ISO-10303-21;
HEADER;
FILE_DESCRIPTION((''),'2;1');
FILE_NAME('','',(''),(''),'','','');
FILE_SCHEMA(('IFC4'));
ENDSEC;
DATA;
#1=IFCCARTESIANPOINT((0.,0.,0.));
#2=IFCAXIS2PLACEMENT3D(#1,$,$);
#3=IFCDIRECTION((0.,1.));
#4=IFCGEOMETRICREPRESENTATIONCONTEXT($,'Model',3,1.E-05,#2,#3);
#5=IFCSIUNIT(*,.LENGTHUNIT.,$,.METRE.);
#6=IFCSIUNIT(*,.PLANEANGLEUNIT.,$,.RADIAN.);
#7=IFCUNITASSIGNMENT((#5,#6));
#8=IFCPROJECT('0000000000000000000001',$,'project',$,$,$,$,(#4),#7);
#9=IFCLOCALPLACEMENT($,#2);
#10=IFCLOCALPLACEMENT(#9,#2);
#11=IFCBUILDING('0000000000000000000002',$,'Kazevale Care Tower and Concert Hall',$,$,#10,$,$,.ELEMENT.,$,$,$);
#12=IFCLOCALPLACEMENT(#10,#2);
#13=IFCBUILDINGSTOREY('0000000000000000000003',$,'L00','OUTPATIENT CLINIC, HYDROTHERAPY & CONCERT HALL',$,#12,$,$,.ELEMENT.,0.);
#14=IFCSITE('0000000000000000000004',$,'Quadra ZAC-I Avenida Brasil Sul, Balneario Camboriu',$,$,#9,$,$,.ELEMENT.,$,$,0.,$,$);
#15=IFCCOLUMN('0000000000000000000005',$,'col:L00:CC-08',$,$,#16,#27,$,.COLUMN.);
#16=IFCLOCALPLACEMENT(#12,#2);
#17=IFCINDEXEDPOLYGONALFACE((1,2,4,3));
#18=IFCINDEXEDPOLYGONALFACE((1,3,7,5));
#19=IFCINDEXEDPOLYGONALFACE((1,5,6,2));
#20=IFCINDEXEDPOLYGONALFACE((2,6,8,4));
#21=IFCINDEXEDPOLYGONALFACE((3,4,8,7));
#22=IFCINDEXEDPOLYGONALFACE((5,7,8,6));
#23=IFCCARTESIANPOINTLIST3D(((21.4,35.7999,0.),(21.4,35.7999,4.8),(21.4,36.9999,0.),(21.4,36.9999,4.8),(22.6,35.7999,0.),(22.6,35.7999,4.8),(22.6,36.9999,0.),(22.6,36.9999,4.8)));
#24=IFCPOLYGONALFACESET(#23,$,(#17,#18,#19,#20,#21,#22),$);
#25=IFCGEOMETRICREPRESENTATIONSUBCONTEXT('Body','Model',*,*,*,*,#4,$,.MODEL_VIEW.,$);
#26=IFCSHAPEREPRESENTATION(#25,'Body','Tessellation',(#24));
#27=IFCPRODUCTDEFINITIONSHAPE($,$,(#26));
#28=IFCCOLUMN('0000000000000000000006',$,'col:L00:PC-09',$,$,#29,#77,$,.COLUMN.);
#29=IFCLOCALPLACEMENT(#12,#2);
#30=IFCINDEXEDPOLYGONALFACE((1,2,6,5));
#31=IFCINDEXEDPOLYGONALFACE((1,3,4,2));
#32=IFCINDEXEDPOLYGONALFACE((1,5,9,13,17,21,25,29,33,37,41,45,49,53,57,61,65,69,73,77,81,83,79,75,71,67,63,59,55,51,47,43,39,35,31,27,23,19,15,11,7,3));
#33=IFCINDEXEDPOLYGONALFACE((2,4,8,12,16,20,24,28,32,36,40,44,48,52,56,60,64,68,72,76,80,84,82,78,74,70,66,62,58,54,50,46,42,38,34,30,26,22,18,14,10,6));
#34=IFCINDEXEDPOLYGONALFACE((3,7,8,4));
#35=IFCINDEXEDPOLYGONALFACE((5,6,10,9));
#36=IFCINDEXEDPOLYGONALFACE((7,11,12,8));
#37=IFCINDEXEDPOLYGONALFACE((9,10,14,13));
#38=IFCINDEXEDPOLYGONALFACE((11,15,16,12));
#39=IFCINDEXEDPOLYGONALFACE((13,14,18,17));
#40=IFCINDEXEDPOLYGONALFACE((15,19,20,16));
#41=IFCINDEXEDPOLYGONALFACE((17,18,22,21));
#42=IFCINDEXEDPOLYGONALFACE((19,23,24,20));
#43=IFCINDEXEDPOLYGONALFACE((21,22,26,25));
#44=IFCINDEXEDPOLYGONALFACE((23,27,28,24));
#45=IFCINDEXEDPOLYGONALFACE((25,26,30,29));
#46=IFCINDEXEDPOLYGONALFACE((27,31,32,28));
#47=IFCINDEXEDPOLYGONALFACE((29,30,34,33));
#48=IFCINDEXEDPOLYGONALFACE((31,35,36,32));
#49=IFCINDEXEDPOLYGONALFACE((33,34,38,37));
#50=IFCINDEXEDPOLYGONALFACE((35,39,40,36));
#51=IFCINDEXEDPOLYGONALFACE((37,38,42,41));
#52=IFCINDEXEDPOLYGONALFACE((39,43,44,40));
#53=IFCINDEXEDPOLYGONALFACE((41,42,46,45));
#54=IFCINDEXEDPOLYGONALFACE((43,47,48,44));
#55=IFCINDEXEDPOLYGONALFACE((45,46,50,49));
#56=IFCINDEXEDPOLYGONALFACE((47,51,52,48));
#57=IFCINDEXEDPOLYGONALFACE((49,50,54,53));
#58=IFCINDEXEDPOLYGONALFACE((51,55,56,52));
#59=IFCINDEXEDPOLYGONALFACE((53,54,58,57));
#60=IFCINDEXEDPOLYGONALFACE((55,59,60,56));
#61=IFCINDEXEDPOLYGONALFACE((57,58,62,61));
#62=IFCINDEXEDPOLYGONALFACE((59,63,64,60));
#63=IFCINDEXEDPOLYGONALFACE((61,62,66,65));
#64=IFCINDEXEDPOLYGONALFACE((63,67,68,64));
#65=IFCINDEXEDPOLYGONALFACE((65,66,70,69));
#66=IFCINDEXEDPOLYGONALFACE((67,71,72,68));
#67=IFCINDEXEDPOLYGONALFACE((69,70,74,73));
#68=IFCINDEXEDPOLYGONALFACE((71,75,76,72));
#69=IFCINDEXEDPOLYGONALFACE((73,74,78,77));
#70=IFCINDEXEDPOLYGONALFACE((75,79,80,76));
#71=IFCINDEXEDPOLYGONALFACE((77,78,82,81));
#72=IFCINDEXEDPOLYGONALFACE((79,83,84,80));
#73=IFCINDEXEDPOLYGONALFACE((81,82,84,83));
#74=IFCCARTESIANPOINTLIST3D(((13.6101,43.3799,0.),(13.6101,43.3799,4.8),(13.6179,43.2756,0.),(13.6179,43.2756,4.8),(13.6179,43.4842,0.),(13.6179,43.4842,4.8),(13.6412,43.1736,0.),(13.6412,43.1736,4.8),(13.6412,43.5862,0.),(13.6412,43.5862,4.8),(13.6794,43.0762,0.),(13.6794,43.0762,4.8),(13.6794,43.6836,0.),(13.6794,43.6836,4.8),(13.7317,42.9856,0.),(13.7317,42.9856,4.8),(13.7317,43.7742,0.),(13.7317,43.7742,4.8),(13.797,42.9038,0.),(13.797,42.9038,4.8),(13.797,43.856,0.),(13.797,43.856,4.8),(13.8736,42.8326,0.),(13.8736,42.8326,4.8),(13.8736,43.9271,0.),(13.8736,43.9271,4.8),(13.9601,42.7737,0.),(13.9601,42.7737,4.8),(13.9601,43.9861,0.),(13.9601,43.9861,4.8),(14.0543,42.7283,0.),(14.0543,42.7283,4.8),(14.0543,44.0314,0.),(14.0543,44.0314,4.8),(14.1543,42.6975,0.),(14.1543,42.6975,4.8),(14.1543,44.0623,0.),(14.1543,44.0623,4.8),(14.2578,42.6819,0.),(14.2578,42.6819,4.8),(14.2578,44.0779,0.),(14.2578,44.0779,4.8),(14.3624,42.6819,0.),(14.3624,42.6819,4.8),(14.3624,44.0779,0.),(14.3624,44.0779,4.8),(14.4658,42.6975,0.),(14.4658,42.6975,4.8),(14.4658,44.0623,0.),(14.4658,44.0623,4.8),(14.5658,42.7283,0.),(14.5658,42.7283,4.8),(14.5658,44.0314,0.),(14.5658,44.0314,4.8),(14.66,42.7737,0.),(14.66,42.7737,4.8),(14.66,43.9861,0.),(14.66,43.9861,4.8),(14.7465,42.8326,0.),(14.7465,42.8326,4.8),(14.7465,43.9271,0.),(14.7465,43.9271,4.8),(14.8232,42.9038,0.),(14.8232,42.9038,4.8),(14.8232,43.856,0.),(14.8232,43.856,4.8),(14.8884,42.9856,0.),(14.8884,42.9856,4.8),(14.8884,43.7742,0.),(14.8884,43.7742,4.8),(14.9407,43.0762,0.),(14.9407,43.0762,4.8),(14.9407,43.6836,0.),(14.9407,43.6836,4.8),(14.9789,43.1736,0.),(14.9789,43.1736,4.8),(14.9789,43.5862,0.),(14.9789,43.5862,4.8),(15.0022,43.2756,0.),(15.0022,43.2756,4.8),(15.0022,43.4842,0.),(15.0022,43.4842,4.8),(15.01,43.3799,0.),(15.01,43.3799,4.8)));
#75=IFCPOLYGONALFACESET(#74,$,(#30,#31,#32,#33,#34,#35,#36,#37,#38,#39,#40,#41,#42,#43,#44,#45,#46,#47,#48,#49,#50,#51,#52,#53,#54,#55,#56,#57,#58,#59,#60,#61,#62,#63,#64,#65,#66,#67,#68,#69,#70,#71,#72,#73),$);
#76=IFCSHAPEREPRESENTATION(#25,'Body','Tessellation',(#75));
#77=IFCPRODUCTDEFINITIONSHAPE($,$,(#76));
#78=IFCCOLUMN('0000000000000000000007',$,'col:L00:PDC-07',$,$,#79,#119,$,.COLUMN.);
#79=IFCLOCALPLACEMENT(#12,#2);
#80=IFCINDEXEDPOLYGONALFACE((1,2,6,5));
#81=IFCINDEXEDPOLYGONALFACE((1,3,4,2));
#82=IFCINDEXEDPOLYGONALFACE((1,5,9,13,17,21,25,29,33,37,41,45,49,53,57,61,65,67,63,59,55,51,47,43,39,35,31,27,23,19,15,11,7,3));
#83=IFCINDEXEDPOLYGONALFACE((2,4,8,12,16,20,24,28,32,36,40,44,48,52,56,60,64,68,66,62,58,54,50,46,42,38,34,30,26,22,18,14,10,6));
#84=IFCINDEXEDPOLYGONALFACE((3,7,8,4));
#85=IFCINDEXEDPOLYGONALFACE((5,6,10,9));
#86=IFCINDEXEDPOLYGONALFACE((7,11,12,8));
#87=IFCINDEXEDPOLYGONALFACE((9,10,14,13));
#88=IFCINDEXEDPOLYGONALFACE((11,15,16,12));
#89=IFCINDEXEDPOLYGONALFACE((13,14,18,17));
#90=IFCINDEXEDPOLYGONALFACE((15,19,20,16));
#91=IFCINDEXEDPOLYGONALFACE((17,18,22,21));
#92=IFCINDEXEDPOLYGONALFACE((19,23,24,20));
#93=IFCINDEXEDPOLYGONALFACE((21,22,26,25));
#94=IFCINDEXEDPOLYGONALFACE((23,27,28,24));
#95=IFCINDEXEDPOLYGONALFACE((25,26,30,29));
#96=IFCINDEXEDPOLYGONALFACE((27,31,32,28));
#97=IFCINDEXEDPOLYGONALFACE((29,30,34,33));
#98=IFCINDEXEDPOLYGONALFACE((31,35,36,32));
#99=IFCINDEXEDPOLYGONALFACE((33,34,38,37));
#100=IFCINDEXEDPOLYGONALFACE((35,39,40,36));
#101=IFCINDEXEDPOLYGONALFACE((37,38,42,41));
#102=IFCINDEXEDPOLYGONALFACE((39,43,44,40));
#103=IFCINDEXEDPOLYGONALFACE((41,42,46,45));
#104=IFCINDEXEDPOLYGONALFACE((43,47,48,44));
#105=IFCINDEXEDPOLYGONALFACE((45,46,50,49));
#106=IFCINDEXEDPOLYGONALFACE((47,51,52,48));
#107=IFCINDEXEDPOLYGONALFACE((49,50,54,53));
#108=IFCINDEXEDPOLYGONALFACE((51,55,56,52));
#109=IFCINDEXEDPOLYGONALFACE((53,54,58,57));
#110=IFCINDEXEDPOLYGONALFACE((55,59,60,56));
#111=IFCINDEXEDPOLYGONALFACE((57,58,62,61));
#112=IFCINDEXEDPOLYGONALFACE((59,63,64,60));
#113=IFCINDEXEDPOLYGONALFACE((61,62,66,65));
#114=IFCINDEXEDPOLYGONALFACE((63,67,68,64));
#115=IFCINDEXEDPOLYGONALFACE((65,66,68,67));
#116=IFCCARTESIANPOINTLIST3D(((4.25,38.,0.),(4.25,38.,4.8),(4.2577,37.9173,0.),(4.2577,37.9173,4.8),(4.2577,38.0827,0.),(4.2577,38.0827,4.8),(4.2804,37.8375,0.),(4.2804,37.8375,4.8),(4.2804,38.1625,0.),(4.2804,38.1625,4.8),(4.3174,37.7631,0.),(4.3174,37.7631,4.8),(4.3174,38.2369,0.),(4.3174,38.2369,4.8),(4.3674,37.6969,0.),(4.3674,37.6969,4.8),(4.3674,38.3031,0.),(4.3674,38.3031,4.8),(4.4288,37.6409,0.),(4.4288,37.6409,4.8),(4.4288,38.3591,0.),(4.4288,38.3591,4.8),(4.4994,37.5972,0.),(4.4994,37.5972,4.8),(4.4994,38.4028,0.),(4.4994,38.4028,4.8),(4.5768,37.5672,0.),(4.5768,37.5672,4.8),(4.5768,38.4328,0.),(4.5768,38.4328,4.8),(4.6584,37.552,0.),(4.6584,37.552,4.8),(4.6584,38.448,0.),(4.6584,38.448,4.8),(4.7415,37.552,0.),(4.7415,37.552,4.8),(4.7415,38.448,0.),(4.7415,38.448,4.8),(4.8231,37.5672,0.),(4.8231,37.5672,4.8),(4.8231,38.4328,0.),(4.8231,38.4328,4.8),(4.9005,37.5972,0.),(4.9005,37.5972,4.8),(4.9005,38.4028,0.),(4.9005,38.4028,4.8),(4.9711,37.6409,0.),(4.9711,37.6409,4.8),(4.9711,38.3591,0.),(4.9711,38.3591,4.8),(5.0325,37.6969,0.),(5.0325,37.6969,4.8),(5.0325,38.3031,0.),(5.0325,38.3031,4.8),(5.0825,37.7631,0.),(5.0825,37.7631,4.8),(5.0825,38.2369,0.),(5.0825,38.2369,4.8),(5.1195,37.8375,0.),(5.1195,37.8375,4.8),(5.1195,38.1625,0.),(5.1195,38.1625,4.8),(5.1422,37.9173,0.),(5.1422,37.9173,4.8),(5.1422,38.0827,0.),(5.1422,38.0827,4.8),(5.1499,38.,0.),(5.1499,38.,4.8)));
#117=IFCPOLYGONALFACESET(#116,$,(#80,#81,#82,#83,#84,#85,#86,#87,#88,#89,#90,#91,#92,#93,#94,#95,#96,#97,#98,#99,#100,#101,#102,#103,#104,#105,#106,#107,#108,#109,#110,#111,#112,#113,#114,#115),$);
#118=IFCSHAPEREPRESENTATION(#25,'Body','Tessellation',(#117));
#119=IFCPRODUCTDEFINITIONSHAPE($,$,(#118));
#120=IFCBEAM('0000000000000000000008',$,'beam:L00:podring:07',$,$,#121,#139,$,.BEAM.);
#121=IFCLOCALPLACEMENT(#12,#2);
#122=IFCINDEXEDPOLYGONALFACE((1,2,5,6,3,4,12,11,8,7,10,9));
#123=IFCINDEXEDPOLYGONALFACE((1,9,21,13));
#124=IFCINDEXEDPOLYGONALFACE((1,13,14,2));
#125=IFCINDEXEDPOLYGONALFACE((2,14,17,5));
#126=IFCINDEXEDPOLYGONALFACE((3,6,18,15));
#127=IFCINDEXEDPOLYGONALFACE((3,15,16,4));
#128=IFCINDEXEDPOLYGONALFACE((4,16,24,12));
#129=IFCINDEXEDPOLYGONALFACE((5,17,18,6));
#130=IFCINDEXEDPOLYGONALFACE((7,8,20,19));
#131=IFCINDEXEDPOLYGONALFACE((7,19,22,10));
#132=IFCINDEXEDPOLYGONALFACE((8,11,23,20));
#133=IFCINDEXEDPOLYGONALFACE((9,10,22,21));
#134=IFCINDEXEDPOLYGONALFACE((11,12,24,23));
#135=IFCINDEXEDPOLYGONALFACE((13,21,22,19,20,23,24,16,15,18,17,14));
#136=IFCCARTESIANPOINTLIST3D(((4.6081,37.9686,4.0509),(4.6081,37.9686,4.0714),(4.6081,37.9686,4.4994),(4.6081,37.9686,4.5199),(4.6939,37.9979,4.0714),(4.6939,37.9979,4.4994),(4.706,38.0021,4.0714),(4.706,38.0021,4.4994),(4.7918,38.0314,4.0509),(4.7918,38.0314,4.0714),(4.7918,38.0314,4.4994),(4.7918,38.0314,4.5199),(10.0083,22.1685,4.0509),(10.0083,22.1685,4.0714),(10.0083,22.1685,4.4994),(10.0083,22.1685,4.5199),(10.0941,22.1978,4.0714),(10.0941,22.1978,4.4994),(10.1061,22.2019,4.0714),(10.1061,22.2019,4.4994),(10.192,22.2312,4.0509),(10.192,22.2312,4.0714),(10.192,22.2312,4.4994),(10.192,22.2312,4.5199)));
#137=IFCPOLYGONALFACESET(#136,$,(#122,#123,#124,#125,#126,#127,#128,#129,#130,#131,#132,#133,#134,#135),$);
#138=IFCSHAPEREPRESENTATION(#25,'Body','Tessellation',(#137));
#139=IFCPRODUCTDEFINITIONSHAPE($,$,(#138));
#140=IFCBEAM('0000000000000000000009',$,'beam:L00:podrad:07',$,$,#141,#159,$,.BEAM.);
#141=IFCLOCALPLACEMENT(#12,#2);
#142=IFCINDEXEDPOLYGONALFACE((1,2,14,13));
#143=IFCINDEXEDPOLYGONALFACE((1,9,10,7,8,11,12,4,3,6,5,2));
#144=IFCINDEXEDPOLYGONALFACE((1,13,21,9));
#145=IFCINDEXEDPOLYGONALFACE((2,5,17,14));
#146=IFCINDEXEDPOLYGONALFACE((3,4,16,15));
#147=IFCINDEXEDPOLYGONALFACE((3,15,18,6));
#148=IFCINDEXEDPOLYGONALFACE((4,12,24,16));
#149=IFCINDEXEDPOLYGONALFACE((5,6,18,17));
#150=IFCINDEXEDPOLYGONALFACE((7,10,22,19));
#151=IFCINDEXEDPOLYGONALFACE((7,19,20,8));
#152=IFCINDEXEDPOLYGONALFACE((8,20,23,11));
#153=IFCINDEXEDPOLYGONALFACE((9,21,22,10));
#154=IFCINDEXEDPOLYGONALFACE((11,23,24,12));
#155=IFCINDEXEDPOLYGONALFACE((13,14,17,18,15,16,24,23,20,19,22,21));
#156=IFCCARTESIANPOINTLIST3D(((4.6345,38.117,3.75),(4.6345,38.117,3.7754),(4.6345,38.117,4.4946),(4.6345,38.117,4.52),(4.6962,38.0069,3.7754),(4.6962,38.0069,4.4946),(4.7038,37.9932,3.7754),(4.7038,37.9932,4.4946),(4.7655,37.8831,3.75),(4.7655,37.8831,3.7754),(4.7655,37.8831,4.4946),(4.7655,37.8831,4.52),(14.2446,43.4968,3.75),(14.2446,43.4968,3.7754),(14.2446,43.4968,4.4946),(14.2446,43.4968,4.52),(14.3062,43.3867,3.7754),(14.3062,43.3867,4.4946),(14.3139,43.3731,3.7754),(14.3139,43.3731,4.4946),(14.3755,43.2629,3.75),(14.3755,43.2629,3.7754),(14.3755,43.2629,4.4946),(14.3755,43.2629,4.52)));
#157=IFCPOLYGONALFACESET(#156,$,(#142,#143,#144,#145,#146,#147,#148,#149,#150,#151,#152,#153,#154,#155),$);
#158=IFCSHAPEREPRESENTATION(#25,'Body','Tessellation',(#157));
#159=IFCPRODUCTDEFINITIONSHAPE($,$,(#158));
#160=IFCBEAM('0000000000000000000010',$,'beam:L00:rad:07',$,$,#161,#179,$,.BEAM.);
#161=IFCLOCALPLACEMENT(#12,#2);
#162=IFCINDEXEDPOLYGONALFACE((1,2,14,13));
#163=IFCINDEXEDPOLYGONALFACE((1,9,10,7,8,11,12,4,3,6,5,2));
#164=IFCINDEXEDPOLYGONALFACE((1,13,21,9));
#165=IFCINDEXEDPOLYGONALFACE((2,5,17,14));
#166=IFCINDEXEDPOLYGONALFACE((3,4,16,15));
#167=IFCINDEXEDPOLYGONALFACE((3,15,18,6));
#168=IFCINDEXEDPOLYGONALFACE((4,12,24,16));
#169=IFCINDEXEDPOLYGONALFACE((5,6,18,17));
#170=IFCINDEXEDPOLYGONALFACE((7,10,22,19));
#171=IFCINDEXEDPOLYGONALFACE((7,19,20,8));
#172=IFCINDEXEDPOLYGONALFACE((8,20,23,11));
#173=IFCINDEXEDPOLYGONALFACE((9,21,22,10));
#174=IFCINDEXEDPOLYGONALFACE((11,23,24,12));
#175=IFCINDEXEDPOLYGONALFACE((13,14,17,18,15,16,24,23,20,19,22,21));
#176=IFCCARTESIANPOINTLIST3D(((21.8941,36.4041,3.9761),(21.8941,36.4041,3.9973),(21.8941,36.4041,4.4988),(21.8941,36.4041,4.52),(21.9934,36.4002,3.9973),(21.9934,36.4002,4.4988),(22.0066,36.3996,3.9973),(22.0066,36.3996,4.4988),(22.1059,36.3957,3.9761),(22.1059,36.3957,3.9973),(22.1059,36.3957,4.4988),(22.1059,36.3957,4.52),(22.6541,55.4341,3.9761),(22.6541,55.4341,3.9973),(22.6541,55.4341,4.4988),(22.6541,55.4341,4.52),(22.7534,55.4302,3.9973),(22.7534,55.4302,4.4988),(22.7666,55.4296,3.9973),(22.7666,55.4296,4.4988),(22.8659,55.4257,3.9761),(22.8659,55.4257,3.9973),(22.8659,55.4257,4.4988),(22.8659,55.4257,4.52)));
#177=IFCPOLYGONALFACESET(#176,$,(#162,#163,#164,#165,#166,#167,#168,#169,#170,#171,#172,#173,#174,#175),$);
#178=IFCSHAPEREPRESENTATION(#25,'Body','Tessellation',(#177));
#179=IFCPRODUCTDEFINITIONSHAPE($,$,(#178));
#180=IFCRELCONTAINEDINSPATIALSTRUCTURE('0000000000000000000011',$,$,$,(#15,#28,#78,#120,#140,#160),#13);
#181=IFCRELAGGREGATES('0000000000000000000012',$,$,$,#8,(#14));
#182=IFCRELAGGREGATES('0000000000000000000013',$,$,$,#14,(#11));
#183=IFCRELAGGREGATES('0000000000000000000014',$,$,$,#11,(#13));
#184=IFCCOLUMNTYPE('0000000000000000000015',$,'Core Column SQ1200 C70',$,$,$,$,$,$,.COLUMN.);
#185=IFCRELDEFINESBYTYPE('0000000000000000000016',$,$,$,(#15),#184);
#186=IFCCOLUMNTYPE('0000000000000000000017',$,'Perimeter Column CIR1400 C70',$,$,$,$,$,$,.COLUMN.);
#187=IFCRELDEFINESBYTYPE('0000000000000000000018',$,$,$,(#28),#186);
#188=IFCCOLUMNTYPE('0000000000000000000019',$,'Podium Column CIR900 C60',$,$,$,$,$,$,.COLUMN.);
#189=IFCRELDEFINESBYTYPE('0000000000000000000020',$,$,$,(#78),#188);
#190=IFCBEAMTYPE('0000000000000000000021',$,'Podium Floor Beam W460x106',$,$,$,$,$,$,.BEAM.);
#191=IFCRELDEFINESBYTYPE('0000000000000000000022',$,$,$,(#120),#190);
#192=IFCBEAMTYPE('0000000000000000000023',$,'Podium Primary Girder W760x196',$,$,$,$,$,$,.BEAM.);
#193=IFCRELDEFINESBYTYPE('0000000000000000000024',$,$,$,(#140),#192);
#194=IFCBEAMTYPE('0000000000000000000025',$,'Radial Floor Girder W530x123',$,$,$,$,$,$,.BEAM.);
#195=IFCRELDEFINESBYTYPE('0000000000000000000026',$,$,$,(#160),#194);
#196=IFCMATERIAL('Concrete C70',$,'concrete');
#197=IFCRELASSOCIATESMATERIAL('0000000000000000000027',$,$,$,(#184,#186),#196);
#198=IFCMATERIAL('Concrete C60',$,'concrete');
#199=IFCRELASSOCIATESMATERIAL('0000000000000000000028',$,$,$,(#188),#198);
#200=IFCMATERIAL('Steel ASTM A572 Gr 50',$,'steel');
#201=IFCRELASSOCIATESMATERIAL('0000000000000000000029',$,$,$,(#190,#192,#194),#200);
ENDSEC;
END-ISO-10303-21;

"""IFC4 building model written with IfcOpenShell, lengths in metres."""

from ifc_helpers import new_model, si_unit, direction, frame, origin, origin_2d, place, context, subcontext, project, spatial, rectangle, circle, i_section, extrude, material, material_profile, profile_set, type_object, element, save


model = new_model("IFC4")

# Units and contexts
model_context = context("Model", 3, precision=1e-05, world=origin(), true_north=direction((0.0, 1.0)))
body_context = subcontext(model_context, "Body", "Model", "MODEL_VIEW")
ifc_project = project(units=[si_unit("LENGTHUNIT", "METRE"), si_unit("PLANEANGLEUNIT", "RADIAN")], contexts=[model_context])

# Site, building, storey
site_placement = place(None, origin())
site = spatial("IfcSite", under=ifc_project, at=site_placement, Name="Quadra ZAC-I Avenida Brasil Sul, Balneario Camboriu", CompositionType="ELEMENT", RefElevation=0.0)
building_placement = place(site_placement, origin())
building = spatial("IfcBuilding", under=site, at=building_placement, Name="Kazevale Care Tower and Concert Hall", CompositionType="ELEMENT")
storey_placement = place(building_placement, origin())
storey = spatial("IfcBuildingStorey", under=building, at=storey_placement, Name="L00", Description="OUTPATIENT CLINIC, HYDROTHERAPY & CONCERT HALL", CompositionType="ELEMENT", Elevation=0.0)

# Columns
ifc_material_1 = material(Name="Concrete C70", Category="concrete")
ifc_material_profile_1 = material_profile(ifc_material_1, rectangle(XDim=1.2, YDim=1.2, at=origin_2d()), Name="RC-SQ1200")
ifc_profile_set_1 = profile_set([ifc_material_profile_1], Name="Concrete C70")
column_type_1 = type_object("IfcColumnType", Name="Core Column SQ1200 C70", PredefinedType="COLUMN", material=ifc_profile_set_1)
column_1_placement = place(storey_placement, frame((22.0, 36.3999, 0.0), z_axis=(0.0, 0.0, 1.0), x_axis=(1.0, 0.0, 0.0)))
element("IfcColumn", 1, at=column_1_placement, inside=storey, type_object=column_type_1, Name="col:L00:CC-08", PredefinedType="COLUMN", context=body_context, shape_type="SweptSolid", body=[
    extrude(rectangle(XDim=1.2, YDim=1.2, at=origin_2d()), origin(), (0.0, 0.0, 1.0), 4.8),
])
ifc_material_profile_2 = material_profile(ifc_material_1, circle(Radius=0.7, at=origin_2d()), Name="RC-CIR1400")
ifc_profile_set_2 = profile_set([ifc_material_profile_2], Name="Concrete C70")
column_type_2 = type_object("IfcColumnType", Name="Perimeter Column CIR1400 C70", PredefinedType="COLUMN", material=ifc_profile_set_2)
column_2_placement = place(storey_placement, frame((14.3101, 43.3799, 0.0), z_axis=(0.0, 0.0, 1.0), x_axis=(1.0, 0.0, 0.0)))
element("IfcColumn", 2, at=column_2_placement, inside=storey, type_object=column_type_2, Name="col:L00:PC-09", PredefinedType="COLUMN", context=body_context, shape_type="SweptSolid", body=[
    extrude(circle(Radius=0.7, at=origin_2d()), origin(), (0.0, 0.0, 1.0), 4.8),
])
ifc_material_2 = material(Name="Concrete C60", Category="concrete")
ifc_material_profile_3 = material_profile(ifc_material_2, circle(Radius=0.45, at=origin_2d()), Name="RC-CIR900")
ifc_profile_set_3 = profile_set([ifc_material_profile_3], Name="Concrete C60")
column_type_3 = type_object("IfcColumnType", Name="Podium Column CIR900 C60", PredefinedType="COLUMN", material=ifc_profile_set_3)
column_3_placement = place(storey_placement, frame((4.7, 38.0, 0.0), z_axis=(0.0, 0.0, 1.0), x_axis=(1.0, 0.0, 0.0)))
element("IfcColumn", 3, at=column_3_placement, inside=storey, type_object=column_type_3, Name="col:L00:PDC-07", PredefinedType="COLUMN", context=body_context, shape_type="SweptSolid", body=[
    extrude(circle(Radius=0.45, at=origin_2d()), origin(), (0.0, 0.0, 1.0), 4.8),
])

# Beams
ifc_material_3 = material(Name="Steel ASTM A572 Gr 50", Category="steel")
ifc_material_profile_4 = material_profile(ifc_material_3, i_section(OverallWidth=0.1941, OverallDepth=0.469, WebThickness=0.0127, FlangeThickness=0.0205, at=origin_2d()), Name="W460x106")
ifc_profile_set_4 = profile_set([ifc_material_profile_4], Name="Steel ASTM A572 Gr 50")
beam_type_1 = type_object("IfcBeamType", Name="Podium Floor Beam W460x106", PredefinedType="BEAM", material=ifc_profile_set_4)
beam_1_placement = place(storey_placement, frame((4.7, 38.0, 4.2854), z_axis=(0.323412, -0.946258, 0.0), x_axis=(0.946258, 0.323412, 0.0)))
element("IfcBeam", 4, at=beam_1_placement, inside=storey, type_object=beam_type_1, Name="beam:L00:podring:07", PredefinedType="BEAM", context=body_context, shape_type="SweptSolid", body=[
    extrude(i_section(OverallWidth=0.1941, OverallDepth=0.469, WebThickness=0.0127, FlangeThickness=0.0205, at=origin_2d()), origin(), (0.0, 0.0, 1.0), 16.6975),
])
ifc_material_profile_5 = material_profile(ifc_material_3, i_section(OverallWidth=0.2681, OverallDepth=0.77, WebThickness=0.0156, FlangeThickness=0.0254, at=origin_2d()), Name="W760x196")
ifc_profile_set_5 = profile_set([ifc_material_profile_5], Name="Steel ASTM A572 Gr 50")
beam_type_2 = type_object("IfcBeamType", Name="Podium Primary Girder W760x196", PredefinedType="BEAM", material=ifc_profile_set_5)
beam_2_placement = place(storey_placement, frame((14.3101, 43.3799, 4.135), z_axis=(-0.872575, -0.488481, 0.0), x_axis=(0.488481, -0.872575, 0.0)))
element("IfcBeam", 5, at=beam_2_placement, inside=storey, type_object=beam_type_2, Name="beam:L00:podrad:07", PredefinedType="BEAM", context=body_context, shape_type="SweptSolid", body=[
    extrude(i_section(OverallWidth=0.2681, OverallDepth=0.77, WebThickness=0.0156, FlangeThickness=0.0254, at=origin_2d()), origin(), (0.0, 0.0, 1.0), 11.0134),
])
ifc_material_profile_6 = material_profile(ifc_material_3, i_section(OverallWidth=0.2119, OverallDepth=0.5439, WebThickness=0.0132, FlangeThickness=0.0212, at=origin_2d()), Name="W530x123")
ifc_profile_set_6 = profile_set([ifc_material_profile_6], Name="Steel ASTM A572 Gr 50")
beam_type_3 = type_object("IfcBeamType", Name="Radial Floor Girder W530x123", PredefinedType="BEAM", material=ifc_profile_set_6)
beam_3_placement = place(storey_placement, frame((22.0, 36.3999, 4.248), z_axis=(0.039906, 0.999203, 0.0), x_axis=(-0.999203, 0.039906, 0.0)))
element("IfcBeam", 6, at=beam_3_placement, inside=storey, type_object=beam_type_3, Name="beam:L00:rad:07", PredefinedType="BEAM", context=body_context, shape_type="SweptSolid", body=[
    extrude(i_section(OverallWidth=0.2119, OverallDepth=0.5439, WebThickness=0.0132, FlangeThickness=0.0212, at=origin_2d()), origin(), (0.0, 0.0, 1.0), 19.0452),
])

save(model, "model.ifc")
